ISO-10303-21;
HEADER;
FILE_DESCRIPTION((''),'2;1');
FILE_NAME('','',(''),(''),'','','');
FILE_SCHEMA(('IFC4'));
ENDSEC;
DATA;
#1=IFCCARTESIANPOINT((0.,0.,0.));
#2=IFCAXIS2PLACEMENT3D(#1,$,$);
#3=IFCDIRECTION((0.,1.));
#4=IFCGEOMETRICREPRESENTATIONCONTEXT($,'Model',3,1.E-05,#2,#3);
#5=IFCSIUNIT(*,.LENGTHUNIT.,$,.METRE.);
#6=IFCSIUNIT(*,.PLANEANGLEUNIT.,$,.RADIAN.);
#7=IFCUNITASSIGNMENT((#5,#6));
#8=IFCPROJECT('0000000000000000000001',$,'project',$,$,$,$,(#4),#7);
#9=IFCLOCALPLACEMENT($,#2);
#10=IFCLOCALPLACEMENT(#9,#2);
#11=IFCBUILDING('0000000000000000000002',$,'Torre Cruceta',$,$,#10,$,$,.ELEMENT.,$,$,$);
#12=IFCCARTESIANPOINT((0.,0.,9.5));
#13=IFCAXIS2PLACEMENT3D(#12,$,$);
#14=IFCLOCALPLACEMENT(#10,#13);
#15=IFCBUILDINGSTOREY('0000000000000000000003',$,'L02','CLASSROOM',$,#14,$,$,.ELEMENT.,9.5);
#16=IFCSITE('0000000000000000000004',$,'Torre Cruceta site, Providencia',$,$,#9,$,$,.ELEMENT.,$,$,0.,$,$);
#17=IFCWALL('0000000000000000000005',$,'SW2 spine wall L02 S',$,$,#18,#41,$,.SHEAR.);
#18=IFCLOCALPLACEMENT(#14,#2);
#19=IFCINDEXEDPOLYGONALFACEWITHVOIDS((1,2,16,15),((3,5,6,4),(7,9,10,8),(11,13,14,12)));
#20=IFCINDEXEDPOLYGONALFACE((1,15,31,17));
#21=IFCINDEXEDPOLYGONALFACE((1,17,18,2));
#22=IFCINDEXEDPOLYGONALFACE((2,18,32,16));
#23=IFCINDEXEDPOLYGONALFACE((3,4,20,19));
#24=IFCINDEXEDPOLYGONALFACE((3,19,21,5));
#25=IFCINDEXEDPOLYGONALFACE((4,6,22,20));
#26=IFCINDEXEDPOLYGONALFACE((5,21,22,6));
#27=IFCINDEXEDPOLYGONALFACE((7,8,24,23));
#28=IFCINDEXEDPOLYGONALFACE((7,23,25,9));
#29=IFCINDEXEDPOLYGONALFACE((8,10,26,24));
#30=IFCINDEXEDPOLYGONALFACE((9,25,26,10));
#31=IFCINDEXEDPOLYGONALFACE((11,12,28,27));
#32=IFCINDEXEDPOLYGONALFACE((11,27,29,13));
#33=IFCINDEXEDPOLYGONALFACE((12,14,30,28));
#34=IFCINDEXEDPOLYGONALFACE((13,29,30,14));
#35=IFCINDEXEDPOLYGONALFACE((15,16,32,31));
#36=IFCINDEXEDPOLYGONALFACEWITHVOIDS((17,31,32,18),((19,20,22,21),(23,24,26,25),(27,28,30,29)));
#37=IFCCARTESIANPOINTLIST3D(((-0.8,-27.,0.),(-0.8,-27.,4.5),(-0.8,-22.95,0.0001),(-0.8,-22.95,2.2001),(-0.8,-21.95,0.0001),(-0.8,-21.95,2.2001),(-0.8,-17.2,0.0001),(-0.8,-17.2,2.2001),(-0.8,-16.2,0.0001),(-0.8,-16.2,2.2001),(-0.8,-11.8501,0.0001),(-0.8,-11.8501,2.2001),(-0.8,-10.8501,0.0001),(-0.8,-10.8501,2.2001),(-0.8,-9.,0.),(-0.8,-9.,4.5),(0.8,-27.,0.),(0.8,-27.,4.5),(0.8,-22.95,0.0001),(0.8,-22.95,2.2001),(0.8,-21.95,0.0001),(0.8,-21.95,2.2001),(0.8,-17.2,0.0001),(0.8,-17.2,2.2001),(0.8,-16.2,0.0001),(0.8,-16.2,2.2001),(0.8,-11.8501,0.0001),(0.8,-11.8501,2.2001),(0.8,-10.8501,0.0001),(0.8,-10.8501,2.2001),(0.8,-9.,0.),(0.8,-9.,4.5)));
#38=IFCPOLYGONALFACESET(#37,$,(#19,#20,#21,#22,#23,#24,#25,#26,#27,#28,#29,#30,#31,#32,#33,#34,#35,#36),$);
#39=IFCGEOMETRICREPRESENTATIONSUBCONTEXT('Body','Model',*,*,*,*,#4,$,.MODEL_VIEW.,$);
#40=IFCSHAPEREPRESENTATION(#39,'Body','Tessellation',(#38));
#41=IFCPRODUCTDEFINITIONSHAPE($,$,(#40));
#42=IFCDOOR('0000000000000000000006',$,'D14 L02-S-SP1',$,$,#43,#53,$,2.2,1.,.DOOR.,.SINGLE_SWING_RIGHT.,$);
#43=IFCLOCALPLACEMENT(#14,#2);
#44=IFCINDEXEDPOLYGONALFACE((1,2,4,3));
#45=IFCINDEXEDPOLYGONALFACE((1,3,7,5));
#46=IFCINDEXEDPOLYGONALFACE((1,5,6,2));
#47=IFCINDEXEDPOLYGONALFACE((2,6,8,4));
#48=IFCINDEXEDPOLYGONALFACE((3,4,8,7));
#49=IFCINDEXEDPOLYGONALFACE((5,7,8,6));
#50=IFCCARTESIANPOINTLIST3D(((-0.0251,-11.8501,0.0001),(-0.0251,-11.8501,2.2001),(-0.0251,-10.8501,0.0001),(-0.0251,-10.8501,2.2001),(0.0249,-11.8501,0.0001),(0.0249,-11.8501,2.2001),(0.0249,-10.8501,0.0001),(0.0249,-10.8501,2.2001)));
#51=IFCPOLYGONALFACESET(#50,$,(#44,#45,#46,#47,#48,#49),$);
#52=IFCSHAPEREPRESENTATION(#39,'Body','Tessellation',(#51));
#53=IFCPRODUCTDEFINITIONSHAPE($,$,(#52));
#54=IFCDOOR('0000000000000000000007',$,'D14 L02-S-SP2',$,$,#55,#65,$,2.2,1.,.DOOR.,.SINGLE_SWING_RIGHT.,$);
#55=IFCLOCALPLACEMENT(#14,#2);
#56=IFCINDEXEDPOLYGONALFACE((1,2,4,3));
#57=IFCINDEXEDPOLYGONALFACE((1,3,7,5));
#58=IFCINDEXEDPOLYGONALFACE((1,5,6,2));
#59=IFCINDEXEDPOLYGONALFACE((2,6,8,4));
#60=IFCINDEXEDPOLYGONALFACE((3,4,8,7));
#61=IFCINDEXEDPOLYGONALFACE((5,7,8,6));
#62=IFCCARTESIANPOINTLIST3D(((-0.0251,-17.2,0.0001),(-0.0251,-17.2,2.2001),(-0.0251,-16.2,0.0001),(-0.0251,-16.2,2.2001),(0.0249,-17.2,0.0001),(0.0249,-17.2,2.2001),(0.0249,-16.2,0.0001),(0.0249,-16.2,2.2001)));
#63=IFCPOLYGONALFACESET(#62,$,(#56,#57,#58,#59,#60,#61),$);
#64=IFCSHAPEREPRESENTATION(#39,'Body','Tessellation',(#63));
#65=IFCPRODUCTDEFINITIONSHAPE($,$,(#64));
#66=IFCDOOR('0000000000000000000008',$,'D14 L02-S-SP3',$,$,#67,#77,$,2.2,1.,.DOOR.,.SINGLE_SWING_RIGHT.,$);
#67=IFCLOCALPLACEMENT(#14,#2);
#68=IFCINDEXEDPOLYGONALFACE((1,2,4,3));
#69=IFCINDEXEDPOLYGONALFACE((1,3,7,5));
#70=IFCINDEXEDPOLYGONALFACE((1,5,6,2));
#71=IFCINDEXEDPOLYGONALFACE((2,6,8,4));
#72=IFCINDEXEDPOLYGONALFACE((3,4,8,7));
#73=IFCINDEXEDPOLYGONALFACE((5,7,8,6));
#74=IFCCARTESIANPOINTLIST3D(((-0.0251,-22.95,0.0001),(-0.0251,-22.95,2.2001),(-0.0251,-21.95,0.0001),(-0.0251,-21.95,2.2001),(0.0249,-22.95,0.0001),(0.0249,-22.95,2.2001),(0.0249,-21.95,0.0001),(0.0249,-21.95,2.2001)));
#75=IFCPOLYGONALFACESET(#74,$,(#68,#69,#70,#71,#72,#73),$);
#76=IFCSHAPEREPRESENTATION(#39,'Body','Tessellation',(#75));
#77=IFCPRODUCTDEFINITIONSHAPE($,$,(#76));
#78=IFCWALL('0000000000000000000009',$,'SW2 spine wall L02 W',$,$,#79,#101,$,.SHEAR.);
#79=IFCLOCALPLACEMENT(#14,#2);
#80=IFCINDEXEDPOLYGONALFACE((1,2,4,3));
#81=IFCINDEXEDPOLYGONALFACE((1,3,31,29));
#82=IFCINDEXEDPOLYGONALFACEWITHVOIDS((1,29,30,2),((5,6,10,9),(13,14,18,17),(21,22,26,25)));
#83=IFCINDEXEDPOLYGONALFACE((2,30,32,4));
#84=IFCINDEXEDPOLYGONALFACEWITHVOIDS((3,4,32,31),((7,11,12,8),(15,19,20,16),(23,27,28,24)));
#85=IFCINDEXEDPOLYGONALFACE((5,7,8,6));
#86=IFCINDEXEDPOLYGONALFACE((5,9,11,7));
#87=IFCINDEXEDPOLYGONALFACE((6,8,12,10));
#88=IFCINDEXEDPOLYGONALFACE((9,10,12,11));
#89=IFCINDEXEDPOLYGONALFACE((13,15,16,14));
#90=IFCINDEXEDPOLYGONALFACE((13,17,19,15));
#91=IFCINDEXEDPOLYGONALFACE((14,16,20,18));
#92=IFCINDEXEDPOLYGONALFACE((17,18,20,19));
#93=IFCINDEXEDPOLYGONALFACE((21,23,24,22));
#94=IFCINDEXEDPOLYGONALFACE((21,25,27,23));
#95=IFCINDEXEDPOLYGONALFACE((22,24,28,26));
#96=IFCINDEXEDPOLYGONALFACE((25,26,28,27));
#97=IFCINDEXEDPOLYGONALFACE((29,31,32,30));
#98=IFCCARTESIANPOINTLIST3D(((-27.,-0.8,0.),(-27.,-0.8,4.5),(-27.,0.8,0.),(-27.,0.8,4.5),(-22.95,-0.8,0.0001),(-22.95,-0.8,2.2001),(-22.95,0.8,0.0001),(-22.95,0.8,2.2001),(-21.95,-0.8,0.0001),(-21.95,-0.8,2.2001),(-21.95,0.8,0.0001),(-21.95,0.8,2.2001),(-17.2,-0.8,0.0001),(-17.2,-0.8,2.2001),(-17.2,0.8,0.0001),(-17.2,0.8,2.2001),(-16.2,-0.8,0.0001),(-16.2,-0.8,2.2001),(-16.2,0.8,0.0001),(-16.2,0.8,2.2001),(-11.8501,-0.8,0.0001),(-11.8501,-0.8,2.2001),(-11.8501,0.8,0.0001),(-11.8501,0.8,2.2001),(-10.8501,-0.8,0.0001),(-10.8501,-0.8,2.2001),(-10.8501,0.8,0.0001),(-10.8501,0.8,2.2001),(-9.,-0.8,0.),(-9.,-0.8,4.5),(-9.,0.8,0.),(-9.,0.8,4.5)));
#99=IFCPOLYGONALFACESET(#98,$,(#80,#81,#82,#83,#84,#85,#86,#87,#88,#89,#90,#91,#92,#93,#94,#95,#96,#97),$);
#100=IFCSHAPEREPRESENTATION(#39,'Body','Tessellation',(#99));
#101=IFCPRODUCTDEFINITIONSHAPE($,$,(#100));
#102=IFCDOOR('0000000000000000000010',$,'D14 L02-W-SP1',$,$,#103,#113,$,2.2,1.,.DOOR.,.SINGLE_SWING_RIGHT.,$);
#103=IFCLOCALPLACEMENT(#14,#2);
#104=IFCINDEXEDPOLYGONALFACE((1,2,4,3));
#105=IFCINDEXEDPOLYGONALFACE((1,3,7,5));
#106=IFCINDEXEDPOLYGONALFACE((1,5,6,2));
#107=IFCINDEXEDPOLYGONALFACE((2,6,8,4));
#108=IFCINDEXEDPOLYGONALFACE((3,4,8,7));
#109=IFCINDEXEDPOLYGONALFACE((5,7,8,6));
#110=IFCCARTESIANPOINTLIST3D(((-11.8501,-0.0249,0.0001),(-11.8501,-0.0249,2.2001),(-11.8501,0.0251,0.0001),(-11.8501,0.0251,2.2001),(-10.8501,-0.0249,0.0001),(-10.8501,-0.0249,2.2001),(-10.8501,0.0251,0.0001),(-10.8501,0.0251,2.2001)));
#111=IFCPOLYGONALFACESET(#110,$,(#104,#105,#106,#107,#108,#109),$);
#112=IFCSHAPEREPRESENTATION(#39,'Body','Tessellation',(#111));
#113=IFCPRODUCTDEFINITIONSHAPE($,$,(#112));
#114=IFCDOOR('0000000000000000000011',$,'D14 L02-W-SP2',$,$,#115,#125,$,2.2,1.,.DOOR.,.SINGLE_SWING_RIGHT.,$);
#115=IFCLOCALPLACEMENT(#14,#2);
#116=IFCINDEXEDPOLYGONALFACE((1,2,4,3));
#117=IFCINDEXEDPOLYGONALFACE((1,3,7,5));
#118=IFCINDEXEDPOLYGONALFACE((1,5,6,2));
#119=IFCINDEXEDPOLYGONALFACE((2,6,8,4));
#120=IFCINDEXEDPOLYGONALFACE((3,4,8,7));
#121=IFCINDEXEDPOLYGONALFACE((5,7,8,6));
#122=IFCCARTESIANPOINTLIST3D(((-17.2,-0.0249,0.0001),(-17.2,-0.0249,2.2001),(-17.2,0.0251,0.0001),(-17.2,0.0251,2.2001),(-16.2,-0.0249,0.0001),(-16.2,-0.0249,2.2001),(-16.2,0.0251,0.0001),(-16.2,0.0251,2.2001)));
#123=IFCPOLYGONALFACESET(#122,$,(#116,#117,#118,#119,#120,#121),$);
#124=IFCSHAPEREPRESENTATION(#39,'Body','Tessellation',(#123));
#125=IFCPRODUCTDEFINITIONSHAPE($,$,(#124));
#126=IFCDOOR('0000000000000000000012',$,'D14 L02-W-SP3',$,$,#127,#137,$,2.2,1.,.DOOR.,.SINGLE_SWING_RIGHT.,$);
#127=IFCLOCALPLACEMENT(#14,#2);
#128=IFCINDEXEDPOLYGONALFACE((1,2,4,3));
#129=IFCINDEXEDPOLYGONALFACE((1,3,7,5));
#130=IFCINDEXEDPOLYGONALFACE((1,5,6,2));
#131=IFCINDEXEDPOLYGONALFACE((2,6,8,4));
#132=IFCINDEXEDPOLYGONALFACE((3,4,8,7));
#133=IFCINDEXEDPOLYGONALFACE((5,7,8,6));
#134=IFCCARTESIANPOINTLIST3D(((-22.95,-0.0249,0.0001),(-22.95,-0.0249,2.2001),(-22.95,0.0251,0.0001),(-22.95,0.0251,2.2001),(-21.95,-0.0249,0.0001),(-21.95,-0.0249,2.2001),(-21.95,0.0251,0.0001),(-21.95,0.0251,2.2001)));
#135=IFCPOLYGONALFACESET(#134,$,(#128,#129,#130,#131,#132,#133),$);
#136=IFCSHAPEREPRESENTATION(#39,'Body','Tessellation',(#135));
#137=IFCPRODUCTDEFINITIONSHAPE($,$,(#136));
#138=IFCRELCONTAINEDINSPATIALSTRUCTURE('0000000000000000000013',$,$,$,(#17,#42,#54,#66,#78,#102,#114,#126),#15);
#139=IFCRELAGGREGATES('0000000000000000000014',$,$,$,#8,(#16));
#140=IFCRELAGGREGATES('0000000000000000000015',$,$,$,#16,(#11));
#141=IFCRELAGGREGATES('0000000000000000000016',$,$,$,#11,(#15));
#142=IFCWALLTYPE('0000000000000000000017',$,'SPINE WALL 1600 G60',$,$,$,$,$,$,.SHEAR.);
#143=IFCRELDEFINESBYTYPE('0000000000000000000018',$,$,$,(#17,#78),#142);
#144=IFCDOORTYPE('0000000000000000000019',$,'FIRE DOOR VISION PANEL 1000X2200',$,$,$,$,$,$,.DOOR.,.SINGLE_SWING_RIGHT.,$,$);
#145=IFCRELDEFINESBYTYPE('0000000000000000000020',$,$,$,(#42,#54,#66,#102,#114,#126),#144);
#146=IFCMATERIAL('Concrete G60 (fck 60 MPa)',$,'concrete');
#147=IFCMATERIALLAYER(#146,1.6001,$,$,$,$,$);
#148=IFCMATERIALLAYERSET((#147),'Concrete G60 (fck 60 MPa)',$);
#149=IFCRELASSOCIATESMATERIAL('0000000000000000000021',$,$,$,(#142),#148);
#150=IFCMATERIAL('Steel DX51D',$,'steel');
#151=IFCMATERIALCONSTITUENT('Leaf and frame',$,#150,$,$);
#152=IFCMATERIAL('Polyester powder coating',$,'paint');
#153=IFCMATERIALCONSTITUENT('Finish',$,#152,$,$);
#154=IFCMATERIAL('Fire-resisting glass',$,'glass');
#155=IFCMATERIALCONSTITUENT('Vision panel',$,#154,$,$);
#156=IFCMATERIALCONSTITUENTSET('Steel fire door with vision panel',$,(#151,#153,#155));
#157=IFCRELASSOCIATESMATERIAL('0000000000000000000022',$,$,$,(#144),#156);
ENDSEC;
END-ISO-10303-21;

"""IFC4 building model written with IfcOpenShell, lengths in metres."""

from ifc_helpers import new_model, si_unit, direction, frame, frame_2d, origin, place, context, subcontext, project, spatial, rectangle, extrude, material, layer, layer_set, constituent, constituent_set, type_object, element, fill, save


model = new_model("IFC4")

# Units and contexts
model_context = context("Model", 3, precision=1e-05, world=origin(), true_north=direction((0.0, 1.0)))
body_context = subcontext(model_context, "Body", "Model", "MODEL_VIEW")
ifc_project = project(units=[si_unit("LENGTHUNIT", "METRE"), si_unit("PLANEANGLEUNIT", "RADIAN")], contexts=[model_context])

# Site, building, storey
site_placement = place(None, origin())
site = spatial("IfcSite", under=ifc_project, at=site_placement, Name="Torre Cruceta site, Providencia", CompositionType="ELEMENT", RefElevation=0.0)
building_placement = place(site_placement, origin())
building = spatial("IfcBuilding", under=site, at=building_placement, Name="Torre Cruceta", CompositionType="ELEMENT")
storey_placement = place(building_placement, frame((0.0, 0.0, 9.5)))
storey = spatial("IfcBuildingStorey", under=building, at=storey_placement, Name="L02", Description="CLASSROOM", CompositionType="ELEMENT", Elevation=9.5)

# Walls, openings, doors
ifc_material_1 = material(Name="Concrete G60 (fck 60 MPa)", Category="concrete")
ifc_layer_1 = layer(ifc_material_1, 1.6001)
ifc_layer_set_1 = layer_set([ifc_layer_1], Name="Concrete G60 (fck 60 MPa)")
wall_type_1 = type_object("IfcWallType", Name="SPINE WALL 1600 G60", PredefinedType="SHEAR", material=ifc_layer_set_1)
wall_1_placement = place(storey_placement, frame((0.0, -9.0, 0.0), z_axis=(0.0, 0.0, 1.0), x_axis=(0.0, -1.0, 0.0)))
wall_1 = element("IfcWall", 1, at=wall_1_placement, inside=storey, type_object=wall_type_1, Name="SW2 spine wall L02 S", PredefinedType="SHEAR", context=body_context, shape_type="SweptSolid", body=[
    extrude(rectangle(XDim=18.0, YDim=1.6001, at=frame_2d((9.0, 0.0))), origin(), (0.0, 0.0, 1.0), 4.5),
])
opening_1_placement = place(wall_1_placement, frame((1.8501, 0.0, 0.0)))
opening_1 = element("IfcOpeningElement", 2, at=opening_1_placement, cuts=wall_1, PredefinedType="OPENING", context=body_context, shape_type="SweptSolid", body=[
    extrude(rectangle(XDim=1.0, YDim=2.2, at=frame_2d((0.5, 1.1001))), frame((0.0, 0.8101, 0.0), z_axis=(0.0, -1.0, 0.0), x_axis=(1.0, 0.0, 0.0)), (0.0, 0.0, 1.0), 1.6201),
])
opening_2_placement = place(wall_1_placement, frame((7.2, 0.0, 0.0)))
opening_2 = element("IfcOpeningElement", 3, at=opening_2_placement, cuts=wall_1, PredefinedType="OPENING", context=body_context, shape_type="SweptSolid", body=[
    extrude(rectangle(XDim=1.0, YDim=2.2, at=frame_2d((0.5, 1.1001))), frame((0.0, 0.8101, 0.0), z_axis=(0.0, -1.0, 0.0), x_axis=(1.0, 0.0, 0.0)), (0.0, 0.0, 1.0), 1.6201),
])
opening_3_placement = place(wall_1_placement, frame((12.95, 0.0, 0.0)))
opening_3 = element("IfcOpeningElement", 4, at=opening_3_placement, cuts=wall_1, PredefinedType="OPENING", context=body_context, shape_type="SweptSolid", body=[
    extrude(rectangle(XDim=1.0, YDim=2.2, at=frame_2d((0.5, 1.1001))), frame((0.0, 0.8101, 0.0), z_axis=(0.0, -1.0, 0.0), x_axis=(1.0, 0.0, 0.0)), (0.0, 0.0, 1.0), 1.6201),
])
ifc_material_2 = material(Name="Steel DX51D", Category="steel")
ifc_constituent_1 = constituent(ifc_material_2, Name="Leaf and frame")
ifc_material_3 = material(Name="Polyester powder coating", Category="paint")
ifc_constituent_2 = constituent(ifc_material_3, Name="Finish")
ifc_material_4 = material(Name="Fire-resisting glass", Category="glass")
ifc_constituent_3 = constituent(ifc_material_4, Name="Vision panel")
ifc_constituent_set_1 = constituent_set(constituents=[ifc_constituent_1, ifc_constituent_2, ifc_constituent_3], Name="Steel fire door with vision panel")
door_type_1 = type_object("IfcDoorType", Name="FIRE DOOR VISION PANEL 1000X2200", OperationType="SINGLE_SWING_RIGHT", PredefinedType="DOOR", material=ifc_constituent_set_1)
door_1_placement = place(opening_1_placement, frame((1.0, 0.0, 0.0), z_axis=(0.0, 0.0, 1.0), x_axis=(-1.0, 0.0, 0.0)))
door_1 = element("IfcDoor", 5, at=door_1_placement, inside=storey, type_object=door_type_1, Name="D14 L02-S-SP1", OperationType="SINGLE_SWING_RIGHT", OverallHeight=2.2, OverallWidth=1.0, PredefinedType="DOOR", context=body_context, shape_type="SweptSolid", body=[
    extrude(rectangle(XDim=1.0, YDim=2.2, at=frame_2d((0.5, 1.1001))), frame((0.0, 0.0251, 0.0), z_axis=(0.0, -1.0, 0.0), x_axis=(1.0, 0.0, 0.0)), (0.0, 0.0, 1.0), 0.05),
])
fill(opening_1, door_1)
door_2_placement = place(opening_2_placement, frame((1.0, 0.0, 0.0), z_axis=(0.0, 0.0, 1.0), x_axis=(-1.0, 0.0, 0.0)))
door_2 = element("IfcDoor", 6, at=door_2_placement, inside=storey, type_object=door_type_1, Name="D14 L02-S-SP2", OperationType="SINGLE_SWING_RIGHT", OverallHeight=2.2, OverallWidth=1.0, PredefinedType="DOOR", context=body_context, shape_type="SweptSolid", body=[
    extrude(rectangle(XDim=1.0, YDim=2.2, at=frame_2d((0.5, 1.1001))), frame((0.0, 0.0251, 0.0), z_axis=(0.0, -1.0, 0.0), x_axis=(1.0, 0.0, 0.0)), (0.0, 0.0, 1.0), 0.05),
])
fill(opening_2, door_2)
door_3_placement = place(opening_3_placement, origin())
door_3 = element("IfcDoor", 7, at=door_3_placement, inside=storey, type_object=door_type_1, Name="D14 L02-S-SP3", OperationType="SINGLE_SWING_RIGHT", OverallHeight=2.2, OverallWidth=1.0, PredefinedType="DOOR", context=body_context, shape_type="SweptSolid", body=[
    extrude(rectangle(XDim=1.0, YDim=2.2, at=frame_2d((0.5, 1.1001))), frame((0.0, 0.0249, 0.0), z_axis=(0.0, -1.0, 0.0), x_axis=(1.0, 0.0, 0.0)), (0.0, 0.0, 1.0), 0.05),
])
fill(opening_3, door_3)
wall_2_placement = place(storey_placement, frame((-9.0, 0.0, 0.0), z_axis=(0.0, 0.0, 1.0), x_axis=(-1.0, 0.0, 0.0)))
wall_2 = element("IfcWall", 8, at=wall_2_placement, inside=storey, type_object=wall_type_1, Name="SW2 spine wall L02 W", PredefinedType="SHEAR", context=body_context, shape_type="SweptSolid", body=[
    extrude(rectangle(XDim=18.0, YDim=1.6001, at=frame_2d((9.0, 0.0))), origin(), (0.0, 0.0, 1.0), 4.5),
])
opening_4_placement = place(wall_2_placement, frame((1.8501, 0.0, 0.0)))
opening_4 = element("IfcOpeningElement", 9, at=opening_4_placement, cuts=wall_2, PredefinedType="OPENING", context=body_context, shape_type="SweptSolid", body=[
    extrude(rectangle(XDim=1.0, YDim=2.2, at=frame_2d((0.5, 1.1001))), frame((0.0, 0.8101, 0.0), z_axis=(0.0, -1.0, 0.0), x_axis=(1.0, 0.0, 0.0)), (0.0, 0.0, 1.0), 1.6201),
])
opening_5_placement = place(wall_2_placement, frame((7.2, 0.0, 0.0)))
opening_5 = element("IfcOpeningElement", 10, at=opening_5_placement, cuts=wall_2, PredefinedType="OPENING", context=body_context, shape_type="SweptSolid", body=[
    extrude(rectangle(XDim=1.0, YDim=2.2, at=frame_2d((0.5, 1.1001))), frame((0.0, 0.8101, 0.0), z_axis=(0.0, -1.0, 0.0), x_axis=(1.0, 0.0, 0.0)), (0.0, 0.0, 1.0), 1.6201),
])
opening_6_placement = place(wall_2_placement, frame((12.95, 0.0, 0.0)))
opening_6 = element("IfcOpeningElement", 11, at=opening_6_placement, cuts=wall_2, PredefinedType="OPENING", context=body_context, shape_type="SweptSolid", body=[
    extrude(rectangle(XDim=1.0, YDim=2.2, at=frame_2d((0.5, 1.1001))), frame((0.0, 0.8101, 0.0), z_axis=(0.0, -1.0, 0.0), x_axis=(1.0, 0.0, 0.0)), (0.0, 0.0, 1.0), 1.6201),
])
door_4_placement = place(opening_4_placement, frame((1.0, 0.0, 0.0), z_axis=(0.0, 0.0, 1.0), x_axis=(-1.0, 0.0, 0.0)))
door_4 = element("IfcDoor", 12, at=door_4_placement, inside=storey, type_object=door_type_1, Name="D14 L02-W-SP1", OperationType="SINGLE_SWING_RIGHT", OverallHeight=2.2, OverallWidth=1.0, PredefinedType="DOOR", context=body_context, shape_type="SweptSolid", body=[
    extrude(rectangle(XDim=1.0, YDim=2.2, at=frame_2d((0.5, 1.1001))), frame((0.0, 0.0251, 0.0), z_axis=(0.0, -1.0, 0.0), x_axis=(1.0, 0.0, 0.0)), (0.0, 0.0, 1.0), 0.05),
])
fill(opening_4, door_4)
door_5_placement = place(opening_5_placement, frame((1.0, 0.0, 0.0), z_axis=(0.0, 0.0, 1.0), x_axis=(-1.0, 0.0, 0.0)))
door_5 = element("IfcDoor", 13, at=door_5_placement, inside=storey, type_object=door_type_1, Name="D14 L02-W-SP2", OperationType="SINGLE_SWING_RIGHT", OverallHeight=2.2, OverallWidth=1.0, PredefinedType="DOOR", context=body_context, shape_type="SweptSolid", body=[
    extrude(rectangle(XDim=1.0, YDim=2.2, at=frame_2d((0.5, 1.1001))), frame((0.0, 0.0251, 0.0), z_axis=(0.0, -1.0, 0.0), x_axis=(1.0, 0.0, 0.0)), (0.0, 0.0, 1.0), 0.05),
])
fill(opening_5, door_5)
door_6_placement = place(opening_6_placement, origin())
door_6 = element("IfcDoor", 14, at=door_6_placement, inside=storey, type_object=door_type_1, Name="D14 L02-W-SP3", OperationType="SINGLE_SWING_RIGHT", OverallHeight=2.2, OverallWidth=1.0, PredefinedType="DOOR", context=body_context, shape_type="SweptSolid", body=[
    extrude(rectangle(XDim=1.0, YDim=2.2, at=frame_2d((0.5, 1.1001))), frame((0.0, 0.0249, 0.0), z_axis=(0.0, -1.0, 0.0), x_axis=(1.0, 0.0, 0.0)), (0.0, 0.0, 1.0), 0.05),
])
fill(opening_6, door_6)

save(model, "model.ifc")
